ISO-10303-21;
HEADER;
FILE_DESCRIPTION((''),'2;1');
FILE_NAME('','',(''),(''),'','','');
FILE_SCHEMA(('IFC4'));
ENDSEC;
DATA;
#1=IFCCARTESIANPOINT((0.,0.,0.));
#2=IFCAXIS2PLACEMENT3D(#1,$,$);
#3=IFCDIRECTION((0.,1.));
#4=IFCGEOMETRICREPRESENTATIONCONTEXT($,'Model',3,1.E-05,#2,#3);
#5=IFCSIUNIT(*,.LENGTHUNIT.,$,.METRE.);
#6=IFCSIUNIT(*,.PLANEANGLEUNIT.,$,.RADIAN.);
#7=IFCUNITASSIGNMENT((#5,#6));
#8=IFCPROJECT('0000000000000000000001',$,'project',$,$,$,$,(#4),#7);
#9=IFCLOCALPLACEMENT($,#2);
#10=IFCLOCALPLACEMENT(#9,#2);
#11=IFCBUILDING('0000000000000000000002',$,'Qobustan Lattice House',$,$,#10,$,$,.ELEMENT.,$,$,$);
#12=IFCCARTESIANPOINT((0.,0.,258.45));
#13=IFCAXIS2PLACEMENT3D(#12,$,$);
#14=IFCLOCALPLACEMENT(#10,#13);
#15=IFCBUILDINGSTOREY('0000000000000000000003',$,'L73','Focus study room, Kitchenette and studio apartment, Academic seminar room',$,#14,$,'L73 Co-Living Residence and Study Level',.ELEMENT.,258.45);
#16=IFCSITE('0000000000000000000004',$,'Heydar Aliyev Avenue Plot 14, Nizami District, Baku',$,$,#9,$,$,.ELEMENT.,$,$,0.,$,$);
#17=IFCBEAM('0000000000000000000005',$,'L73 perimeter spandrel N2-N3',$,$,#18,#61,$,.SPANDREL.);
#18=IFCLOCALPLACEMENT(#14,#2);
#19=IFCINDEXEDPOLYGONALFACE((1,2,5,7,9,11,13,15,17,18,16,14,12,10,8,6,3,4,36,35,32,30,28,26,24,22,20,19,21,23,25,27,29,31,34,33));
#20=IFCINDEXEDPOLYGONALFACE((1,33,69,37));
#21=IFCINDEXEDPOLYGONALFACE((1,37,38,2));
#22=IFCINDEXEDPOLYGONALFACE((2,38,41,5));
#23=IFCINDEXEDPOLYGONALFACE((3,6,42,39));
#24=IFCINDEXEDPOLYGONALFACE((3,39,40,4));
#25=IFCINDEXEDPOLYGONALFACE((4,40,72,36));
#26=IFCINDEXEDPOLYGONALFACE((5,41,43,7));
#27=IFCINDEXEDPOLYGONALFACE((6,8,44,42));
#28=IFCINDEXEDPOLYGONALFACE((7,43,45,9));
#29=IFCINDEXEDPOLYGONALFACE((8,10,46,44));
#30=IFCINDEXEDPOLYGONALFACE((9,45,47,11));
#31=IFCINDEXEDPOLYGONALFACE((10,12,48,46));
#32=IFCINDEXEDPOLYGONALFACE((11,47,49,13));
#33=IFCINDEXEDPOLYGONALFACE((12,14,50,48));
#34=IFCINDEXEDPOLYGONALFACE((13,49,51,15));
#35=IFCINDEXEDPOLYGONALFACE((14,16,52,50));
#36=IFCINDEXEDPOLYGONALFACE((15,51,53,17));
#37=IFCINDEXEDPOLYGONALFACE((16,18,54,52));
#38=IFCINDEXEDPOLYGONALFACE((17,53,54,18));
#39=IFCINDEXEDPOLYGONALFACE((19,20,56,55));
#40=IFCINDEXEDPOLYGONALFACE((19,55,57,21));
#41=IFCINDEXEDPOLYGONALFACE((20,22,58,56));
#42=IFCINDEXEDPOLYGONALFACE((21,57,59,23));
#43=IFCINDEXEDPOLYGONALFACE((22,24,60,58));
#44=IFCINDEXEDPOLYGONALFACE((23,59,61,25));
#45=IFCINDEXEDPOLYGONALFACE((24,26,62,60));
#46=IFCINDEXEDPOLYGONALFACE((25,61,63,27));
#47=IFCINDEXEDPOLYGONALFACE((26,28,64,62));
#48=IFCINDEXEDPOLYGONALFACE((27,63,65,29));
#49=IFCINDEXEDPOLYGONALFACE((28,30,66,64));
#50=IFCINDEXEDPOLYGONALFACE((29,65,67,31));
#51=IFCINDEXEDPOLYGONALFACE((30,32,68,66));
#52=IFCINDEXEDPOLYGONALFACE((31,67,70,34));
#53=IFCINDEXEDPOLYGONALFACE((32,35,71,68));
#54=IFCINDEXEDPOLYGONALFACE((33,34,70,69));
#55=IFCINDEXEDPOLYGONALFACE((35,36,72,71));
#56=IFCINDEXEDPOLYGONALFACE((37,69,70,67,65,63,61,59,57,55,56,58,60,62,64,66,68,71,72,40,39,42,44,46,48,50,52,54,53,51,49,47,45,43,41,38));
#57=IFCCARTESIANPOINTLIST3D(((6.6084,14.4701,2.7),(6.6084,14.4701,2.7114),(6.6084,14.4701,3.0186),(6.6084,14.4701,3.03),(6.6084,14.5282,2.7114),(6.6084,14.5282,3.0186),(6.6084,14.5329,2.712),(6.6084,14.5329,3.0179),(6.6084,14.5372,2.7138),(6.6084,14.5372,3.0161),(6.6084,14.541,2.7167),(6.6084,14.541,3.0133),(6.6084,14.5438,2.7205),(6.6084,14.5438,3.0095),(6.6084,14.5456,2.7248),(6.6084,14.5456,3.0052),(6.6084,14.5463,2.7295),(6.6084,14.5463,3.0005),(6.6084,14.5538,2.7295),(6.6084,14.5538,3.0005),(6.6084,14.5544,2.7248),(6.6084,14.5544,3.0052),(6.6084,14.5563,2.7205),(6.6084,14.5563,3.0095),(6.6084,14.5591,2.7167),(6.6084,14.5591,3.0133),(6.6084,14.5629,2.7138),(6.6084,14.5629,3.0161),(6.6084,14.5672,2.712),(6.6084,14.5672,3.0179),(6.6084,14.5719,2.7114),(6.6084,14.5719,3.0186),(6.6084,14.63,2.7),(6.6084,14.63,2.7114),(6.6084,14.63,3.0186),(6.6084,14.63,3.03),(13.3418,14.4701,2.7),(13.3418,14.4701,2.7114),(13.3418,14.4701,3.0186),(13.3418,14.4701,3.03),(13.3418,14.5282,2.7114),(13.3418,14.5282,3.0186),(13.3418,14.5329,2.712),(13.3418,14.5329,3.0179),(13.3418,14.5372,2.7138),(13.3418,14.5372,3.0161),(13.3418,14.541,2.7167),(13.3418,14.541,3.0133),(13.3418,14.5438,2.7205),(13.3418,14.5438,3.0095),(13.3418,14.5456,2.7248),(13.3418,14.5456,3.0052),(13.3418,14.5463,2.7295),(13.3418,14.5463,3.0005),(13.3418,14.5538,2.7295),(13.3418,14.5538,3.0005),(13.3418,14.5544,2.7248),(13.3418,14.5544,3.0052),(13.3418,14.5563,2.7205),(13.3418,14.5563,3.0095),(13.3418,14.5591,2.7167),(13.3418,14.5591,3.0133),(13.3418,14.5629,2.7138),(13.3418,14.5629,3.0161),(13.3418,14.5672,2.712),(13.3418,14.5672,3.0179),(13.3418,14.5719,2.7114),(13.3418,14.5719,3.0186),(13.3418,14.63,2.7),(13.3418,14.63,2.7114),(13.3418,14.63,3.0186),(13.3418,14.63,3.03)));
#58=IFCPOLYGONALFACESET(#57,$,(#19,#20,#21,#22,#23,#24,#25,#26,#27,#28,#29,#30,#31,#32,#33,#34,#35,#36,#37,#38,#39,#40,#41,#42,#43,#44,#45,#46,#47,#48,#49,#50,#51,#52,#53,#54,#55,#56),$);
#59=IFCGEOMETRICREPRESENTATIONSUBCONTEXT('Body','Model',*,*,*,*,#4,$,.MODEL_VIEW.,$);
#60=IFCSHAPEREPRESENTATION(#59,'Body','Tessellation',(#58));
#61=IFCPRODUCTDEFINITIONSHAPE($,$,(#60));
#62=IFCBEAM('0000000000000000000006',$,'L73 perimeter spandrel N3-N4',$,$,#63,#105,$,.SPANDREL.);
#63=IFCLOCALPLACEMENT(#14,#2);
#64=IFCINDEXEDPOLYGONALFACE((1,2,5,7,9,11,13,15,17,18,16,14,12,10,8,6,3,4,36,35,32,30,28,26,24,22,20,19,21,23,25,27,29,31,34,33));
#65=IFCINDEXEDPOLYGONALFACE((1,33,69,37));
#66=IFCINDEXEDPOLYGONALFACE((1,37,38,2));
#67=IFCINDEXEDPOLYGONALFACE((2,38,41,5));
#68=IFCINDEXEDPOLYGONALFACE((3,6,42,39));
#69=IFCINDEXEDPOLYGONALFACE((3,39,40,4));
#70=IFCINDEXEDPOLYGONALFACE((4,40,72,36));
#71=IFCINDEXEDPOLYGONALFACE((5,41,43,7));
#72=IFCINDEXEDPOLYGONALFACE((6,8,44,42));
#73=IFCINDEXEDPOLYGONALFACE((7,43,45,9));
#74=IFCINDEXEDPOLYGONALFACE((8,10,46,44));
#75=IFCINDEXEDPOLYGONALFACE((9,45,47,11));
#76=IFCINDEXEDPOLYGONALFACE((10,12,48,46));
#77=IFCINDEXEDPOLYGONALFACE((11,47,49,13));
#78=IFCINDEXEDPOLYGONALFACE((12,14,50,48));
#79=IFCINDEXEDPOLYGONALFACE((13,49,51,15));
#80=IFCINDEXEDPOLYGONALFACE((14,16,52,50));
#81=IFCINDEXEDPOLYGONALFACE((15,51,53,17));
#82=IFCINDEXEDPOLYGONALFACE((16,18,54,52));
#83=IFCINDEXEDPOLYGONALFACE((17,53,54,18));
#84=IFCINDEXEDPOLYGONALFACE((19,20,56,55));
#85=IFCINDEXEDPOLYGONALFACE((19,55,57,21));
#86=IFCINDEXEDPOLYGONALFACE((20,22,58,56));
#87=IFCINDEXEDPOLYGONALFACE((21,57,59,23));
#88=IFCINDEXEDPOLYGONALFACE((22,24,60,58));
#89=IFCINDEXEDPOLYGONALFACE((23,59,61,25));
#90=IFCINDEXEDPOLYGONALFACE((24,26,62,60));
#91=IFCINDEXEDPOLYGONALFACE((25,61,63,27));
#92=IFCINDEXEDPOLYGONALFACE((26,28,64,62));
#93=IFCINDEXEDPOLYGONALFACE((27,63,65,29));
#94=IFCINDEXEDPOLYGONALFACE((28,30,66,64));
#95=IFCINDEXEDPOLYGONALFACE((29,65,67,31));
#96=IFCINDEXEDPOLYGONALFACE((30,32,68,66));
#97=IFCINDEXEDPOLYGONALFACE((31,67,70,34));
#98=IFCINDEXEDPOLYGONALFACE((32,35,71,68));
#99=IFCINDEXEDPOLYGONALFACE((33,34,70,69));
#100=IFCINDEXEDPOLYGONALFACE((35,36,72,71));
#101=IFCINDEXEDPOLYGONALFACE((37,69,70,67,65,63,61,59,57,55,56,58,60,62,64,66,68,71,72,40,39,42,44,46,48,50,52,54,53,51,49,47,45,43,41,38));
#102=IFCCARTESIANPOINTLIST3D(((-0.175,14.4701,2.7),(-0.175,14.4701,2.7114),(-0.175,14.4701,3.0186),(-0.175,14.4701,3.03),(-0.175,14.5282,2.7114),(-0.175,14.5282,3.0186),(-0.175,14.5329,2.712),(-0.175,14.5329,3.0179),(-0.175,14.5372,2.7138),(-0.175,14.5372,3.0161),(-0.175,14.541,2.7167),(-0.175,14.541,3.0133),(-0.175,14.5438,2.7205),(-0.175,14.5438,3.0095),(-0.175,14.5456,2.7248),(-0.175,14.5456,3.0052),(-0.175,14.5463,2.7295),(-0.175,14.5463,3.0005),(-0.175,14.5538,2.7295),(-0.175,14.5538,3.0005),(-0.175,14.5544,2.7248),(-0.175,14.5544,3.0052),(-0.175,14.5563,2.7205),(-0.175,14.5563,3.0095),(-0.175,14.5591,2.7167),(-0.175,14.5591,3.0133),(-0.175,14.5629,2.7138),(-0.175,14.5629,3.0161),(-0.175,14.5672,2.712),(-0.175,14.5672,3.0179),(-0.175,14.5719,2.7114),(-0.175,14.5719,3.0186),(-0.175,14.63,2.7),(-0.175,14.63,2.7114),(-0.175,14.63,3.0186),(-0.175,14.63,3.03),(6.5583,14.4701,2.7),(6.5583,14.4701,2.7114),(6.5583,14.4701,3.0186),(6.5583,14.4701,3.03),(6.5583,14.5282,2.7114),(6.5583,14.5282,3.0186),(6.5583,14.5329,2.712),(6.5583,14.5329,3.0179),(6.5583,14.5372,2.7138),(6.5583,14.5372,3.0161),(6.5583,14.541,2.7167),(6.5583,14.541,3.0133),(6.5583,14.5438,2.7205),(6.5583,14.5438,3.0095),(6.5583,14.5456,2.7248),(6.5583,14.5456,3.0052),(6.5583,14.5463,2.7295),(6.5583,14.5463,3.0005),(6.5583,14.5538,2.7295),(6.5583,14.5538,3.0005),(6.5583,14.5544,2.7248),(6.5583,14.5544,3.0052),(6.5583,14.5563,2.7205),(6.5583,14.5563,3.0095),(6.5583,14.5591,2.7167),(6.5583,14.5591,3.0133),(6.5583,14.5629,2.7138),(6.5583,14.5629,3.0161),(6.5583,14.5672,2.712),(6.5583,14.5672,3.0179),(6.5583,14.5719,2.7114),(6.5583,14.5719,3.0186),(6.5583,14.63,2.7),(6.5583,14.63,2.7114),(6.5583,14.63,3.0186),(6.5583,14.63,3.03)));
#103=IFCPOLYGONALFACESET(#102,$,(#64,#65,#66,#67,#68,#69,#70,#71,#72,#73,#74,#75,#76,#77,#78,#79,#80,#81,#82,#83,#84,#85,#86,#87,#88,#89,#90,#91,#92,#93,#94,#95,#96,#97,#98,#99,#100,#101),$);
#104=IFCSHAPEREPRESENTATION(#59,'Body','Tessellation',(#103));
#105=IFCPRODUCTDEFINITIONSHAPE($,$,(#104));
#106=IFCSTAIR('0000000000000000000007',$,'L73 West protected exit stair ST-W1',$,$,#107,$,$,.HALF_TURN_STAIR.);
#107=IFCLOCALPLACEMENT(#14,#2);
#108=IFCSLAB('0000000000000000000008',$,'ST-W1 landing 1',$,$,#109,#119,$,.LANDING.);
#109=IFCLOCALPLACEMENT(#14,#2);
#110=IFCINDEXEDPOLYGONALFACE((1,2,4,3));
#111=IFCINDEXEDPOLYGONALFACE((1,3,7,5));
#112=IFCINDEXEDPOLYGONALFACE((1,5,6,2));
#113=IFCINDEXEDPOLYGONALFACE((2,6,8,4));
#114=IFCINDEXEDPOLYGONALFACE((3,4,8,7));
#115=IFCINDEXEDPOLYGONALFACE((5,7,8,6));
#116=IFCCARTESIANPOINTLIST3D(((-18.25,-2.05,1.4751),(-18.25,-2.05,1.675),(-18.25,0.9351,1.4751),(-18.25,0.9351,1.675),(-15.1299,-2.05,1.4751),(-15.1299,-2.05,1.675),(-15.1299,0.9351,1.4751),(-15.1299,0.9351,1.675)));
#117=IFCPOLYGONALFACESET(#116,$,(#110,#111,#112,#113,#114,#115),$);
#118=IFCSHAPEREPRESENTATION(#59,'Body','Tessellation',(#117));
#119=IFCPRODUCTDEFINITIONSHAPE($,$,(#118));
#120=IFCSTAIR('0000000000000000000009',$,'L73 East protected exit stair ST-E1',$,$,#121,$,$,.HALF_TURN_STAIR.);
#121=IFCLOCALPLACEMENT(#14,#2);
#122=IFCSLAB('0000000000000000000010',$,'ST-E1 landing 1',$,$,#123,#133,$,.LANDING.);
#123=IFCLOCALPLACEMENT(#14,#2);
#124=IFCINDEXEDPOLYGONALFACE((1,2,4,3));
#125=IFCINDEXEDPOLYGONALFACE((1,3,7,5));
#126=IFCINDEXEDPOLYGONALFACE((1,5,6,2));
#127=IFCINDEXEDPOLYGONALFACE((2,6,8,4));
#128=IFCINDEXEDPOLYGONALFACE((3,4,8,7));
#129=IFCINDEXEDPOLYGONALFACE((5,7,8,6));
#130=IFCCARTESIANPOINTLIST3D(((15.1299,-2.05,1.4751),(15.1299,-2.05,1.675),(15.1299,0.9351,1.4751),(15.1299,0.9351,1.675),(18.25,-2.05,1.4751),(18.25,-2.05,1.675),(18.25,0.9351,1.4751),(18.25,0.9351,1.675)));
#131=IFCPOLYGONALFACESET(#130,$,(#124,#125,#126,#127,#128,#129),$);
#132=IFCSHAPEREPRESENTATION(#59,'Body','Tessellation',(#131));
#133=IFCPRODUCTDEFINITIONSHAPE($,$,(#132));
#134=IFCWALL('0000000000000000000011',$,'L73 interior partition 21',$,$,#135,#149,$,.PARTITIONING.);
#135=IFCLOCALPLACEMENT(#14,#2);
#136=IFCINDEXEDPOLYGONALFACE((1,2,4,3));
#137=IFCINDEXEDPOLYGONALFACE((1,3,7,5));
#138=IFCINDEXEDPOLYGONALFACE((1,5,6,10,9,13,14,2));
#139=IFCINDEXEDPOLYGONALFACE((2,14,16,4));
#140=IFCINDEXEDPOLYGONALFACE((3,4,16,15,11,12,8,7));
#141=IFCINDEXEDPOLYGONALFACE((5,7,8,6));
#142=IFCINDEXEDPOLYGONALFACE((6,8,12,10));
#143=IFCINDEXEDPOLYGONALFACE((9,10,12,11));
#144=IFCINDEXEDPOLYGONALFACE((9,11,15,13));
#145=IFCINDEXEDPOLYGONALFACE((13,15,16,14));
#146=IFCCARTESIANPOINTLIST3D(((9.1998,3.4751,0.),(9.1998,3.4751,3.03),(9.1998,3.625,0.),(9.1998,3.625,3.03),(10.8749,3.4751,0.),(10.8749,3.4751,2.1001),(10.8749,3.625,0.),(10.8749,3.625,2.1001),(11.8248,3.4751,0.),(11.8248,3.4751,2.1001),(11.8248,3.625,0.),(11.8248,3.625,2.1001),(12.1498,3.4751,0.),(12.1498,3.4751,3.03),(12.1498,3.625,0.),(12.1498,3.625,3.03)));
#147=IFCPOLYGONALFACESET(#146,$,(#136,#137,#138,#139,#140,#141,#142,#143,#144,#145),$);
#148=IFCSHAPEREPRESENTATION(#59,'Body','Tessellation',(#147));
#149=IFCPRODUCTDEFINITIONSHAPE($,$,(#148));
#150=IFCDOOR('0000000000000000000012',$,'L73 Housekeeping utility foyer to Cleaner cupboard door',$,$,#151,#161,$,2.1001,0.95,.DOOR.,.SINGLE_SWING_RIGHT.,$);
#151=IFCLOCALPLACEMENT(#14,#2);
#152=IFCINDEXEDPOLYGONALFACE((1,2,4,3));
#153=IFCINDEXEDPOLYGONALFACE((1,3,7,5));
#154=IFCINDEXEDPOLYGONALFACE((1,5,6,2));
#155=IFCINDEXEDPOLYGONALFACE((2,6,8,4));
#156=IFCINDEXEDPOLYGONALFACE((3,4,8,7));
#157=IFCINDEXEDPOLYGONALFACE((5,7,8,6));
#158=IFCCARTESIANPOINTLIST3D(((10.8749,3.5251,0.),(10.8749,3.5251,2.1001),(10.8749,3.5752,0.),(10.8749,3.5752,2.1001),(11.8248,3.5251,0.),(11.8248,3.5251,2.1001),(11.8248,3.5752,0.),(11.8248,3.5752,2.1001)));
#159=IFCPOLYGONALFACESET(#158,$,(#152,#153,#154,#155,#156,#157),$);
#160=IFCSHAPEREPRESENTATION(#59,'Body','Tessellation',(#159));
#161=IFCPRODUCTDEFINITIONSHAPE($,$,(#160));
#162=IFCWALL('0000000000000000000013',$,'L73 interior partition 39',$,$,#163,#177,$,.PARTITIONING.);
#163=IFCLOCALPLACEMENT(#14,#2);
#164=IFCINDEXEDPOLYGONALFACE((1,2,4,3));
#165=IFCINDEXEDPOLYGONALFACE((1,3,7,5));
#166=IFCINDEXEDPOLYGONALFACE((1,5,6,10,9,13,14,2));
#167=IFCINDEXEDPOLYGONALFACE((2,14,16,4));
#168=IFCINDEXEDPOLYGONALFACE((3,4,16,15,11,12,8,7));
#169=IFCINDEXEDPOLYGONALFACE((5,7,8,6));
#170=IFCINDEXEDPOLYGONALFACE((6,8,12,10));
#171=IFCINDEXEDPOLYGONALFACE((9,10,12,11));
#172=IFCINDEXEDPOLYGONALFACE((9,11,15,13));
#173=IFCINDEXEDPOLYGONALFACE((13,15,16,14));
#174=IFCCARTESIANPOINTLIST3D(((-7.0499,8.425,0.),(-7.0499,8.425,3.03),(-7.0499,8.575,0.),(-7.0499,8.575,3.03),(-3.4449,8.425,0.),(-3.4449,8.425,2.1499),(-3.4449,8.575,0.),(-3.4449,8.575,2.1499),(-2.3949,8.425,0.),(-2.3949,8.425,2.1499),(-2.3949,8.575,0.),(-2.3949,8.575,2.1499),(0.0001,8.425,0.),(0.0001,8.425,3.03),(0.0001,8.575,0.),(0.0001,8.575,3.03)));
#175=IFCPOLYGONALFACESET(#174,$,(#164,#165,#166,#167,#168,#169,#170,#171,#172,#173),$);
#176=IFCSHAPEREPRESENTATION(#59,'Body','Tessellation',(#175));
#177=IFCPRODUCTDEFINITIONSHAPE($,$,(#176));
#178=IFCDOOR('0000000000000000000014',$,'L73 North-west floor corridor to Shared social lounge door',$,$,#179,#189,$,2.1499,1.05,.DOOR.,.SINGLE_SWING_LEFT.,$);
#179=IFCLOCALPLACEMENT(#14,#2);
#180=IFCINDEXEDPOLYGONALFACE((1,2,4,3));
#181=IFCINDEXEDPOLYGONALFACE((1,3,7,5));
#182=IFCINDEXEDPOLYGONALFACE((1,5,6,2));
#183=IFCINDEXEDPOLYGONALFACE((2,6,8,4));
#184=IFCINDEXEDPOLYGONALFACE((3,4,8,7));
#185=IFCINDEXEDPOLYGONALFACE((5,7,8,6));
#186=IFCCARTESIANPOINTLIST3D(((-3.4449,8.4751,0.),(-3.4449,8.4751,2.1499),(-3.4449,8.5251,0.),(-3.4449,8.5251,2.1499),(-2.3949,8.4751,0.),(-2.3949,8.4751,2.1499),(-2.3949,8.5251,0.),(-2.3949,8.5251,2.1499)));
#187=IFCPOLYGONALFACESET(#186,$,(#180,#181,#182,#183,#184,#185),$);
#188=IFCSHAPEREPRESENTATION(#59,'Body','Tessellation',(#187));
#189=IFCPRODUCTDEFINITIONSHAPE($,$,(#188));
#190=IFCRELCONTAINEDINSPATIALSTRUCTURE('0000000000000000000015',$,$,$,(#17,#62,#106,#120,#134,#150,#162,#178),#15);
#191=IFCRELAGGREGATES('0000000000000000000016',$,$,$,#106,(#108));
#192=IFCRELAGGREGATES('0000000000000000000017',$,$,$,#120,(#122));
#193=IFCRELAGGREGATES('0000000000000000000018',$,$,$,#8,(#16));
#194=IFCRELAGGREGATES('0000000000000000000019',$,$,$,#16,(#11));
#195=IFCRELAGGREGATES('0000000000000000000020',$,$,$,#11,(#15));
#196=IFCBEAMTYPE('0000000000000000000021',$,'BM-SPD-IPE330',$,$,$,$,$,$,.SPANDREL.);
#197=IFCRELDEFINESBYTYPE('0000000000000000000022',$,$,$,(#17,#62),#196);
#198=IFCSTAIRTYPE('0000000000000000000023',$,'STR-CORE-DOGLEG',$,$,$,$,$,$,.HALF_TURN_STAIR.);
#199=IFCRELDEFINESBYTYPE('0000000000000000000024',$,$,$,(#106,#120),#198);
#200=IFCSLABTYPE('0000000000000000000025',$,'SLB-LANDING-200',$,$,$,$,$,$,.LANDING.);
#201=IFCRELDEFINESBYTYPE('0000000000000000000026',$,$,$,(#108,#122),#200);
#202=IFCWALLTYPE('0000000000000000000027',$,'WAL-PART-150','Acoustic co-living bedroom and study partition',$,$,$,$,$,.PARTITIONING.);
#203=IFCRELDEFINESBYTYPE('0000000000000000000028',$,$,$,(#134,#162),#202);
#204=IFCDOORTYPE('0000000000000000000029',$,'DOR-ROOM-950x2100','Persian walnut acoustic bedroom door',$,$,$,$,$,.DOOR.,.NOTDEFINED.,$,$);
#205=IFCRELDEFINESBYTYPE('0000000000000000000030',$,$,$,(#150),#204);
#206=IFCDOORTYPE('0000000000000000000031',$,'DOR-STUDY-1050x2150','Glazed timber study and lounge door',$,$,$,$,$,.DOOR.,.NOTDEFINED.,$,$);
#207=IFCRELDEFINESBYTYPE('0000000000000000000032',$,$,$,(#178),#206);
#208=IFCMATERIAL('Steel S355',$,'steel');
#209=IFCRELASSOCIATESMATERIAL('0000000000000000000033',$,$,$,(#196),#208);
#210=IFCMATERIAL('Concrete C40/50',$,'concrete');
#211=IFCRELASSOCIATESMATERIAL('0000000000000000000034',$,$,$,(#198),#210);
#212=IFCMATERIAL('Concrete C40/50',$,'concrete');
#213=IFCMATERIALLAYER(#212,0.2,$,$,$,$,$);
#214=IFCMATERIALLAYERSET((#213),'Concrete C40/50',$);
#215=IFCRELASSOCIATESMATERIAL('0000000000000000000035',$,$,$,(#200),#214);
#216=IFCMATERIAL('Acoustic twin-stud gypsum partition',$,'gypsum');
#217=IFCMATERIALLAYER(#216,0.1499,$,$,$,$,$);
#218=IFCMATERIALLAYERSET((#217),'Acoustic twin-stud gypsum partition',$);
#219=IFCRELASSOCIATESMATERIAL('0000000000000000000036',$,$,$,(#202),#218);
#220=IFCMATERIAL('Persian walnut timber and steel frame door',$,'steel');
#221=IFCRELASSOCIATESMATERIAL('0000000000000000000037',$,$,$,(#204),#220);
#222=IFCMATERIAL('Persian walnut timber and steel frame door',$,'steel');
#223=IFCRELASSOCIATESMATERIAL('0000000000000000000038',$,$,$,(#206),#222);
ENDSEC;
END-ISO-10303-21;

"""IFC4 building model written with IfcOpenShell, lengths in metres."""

from ifc_helpers import new_model, si_unit, direction, frame, frame_2d, origin, origin_2d, place, context, subcontext, project, spatial, polyline, rectangle, i_section, outline, extrude, material, layer, layer_set, material_profile, profile_set, type_object, element, fill, aggregate, save


model = new_model("IFC4")

# Units and contexts
model_context = context("Model", 3, precision=1e-05, world=origin(), true_north=direction((0.0, 1.0)))
body_context = subcontext(model_context, "Body", "Model", "MODEL_VIEW")
ifc_project = project(units=[si_unit("LENGTHUNIT", "METRE"), si_unit("PLANEANGLEUNIT", "RADIAN")], contexts=[model_context])

# Site, building, storey
site_placement = place(None, origin())
site = spatial("IfcSite", under=ifc_project, at=site_placement, Name="Heydar Aliyev Avenue Plot 14, Nizami District, Baku", CompositionType="ELEMENT", RefElevation=0.0)
building_placement = place(site_placement, origin())
building = spatial("IfcBuilding", under=site, at=building_placement, Name="Qobustan Lattice House", CompositionType="ELEMENT")
storey_placement = place(building_placement, frame((0.0, 0.0, 258.45)))
storey = spatial("IfcBuildingStorey", under=building, at=storey_placement, Name="L73", Description="Focus study room, Kitchenette and studio apartment, Academic seminar room", LongName="L73 Co-Living Residence and Study Level", CompositionType="ELEMENT", Elevation=258.45)

# Beams
ifc_material_1 = material(Name="Steel S355", Category="steel")
ifc_material_profile_1 = material_profile(ifc_material_1, i_section(OverallWidth=0.1599, OverallDepth=0.3301, WebThickness=0.0076, FlangeThickness=0.0115, FilletRadius=0.0181, at=origin_2d()), Name="IPE330")
ifc_profile_set_1 = profile_set([ifc_material_profile_1], Name="Steel S355")
beam_type_1 = type_object("IfcBeamType", Name="BM-SPD-IPE330", PredefinedType="SPANDREL", material=ifc_profile_set_1)
for number, where, z_axis, x_axis, name in (
    (1, (13.3418, 14.55, 2.865), (-1.0, 0.0, 0.0), (0.0, -1.0, 0.0), "L73 perimeter spandrel N2-N3"),
    (2, (6.5583, 14.55, 2.865), (-1.0, 0.0, 0.0), (0.0, -1.0, 0.0), "L73 perimeter spandrel N3-N4"),
):
    element("IfcBeam", number, at=place(storey_placement, frame(where, z_axis=z_axis, x_axis=x_axis)), inside=storey, type_object=beam_type_1, Name=name, PredefinedType="SPANDREL", context=body_context, shape_type="SweptSolid", body=[
        extrude(i_section(OverallWidth=0.1599, OverallDepth=0.3301, WebThickness=0.0076, FlangeThickness=0.0115, FilletRadius=0.0181, at=origin_2d()), origin(), (0.0, 0.0, 1.0), 6.7334),
    ])

# Stairs, slabs
ifc_material_2 = material(Name="Concrete C40/50", Category="concrete")
stair_type = type_object("IfcStairType", Name="STR-CORE-DOGLEG", PredefinedType="HALF_TURN_STAIR", material=ifc_material_2)
stair_1_placement = place(storey_placement, origin())
stair_1 = element("IfcStair", 3, at=stair_1_placement, inside=storey, type_object=stair_type, Name="L73 West protected exit stair ST-W1", PredefinedType="HALF_TURN_STAIR")
ifc_material_3 = material(Name="Concrete C40/50", Category="concrete")
ifc_layer_1 = layer(ifc_material_3, 0.2)
ifc_layer_set_1 = layer_set([ifc_layer_1], Name="Concrete C40/50")
slab_type = type_object("IfcSlabType", Name="SLB-LANDING-200", PredefinedType="LANDING", material=ifc_layer_set_1)
slab_1_placement = place(storey_placement, frame((0.0, 0.0, 1.4751)))
slab_1 = element("IfcSlab", 4, at=slab_1_placement, type_object=slab_type, Name="ST-W1 landing 1", PredefinedType="LANDING", context=body_context, shape_type="SweptSolid", body=[
    extrude(outline(polyline([(-18.25, 0.9351), (-18.25, -2.05), (-15.1299, -2.05), (-15.1299, 0.9351), (-18.25, 0.9351)])), origin(), (0.0, 0.0, 1.0), 0.2),
])
aggregate(stair_1, [slab_1])
stair_2_placement = place(storey_placement, origin())
stair_2 = element("IfcStair", 5, at=stair_2_placement, inside=storey, type_object=stair_type, Name="L73 East protected exit stair ST-E1", PredefinedType="HALF_TURN_STAIR")
slab_2_placement = place(storey_placement, frame((0.0, 0.0, 1.4751)))
slab_2 = element("IfcSlab", 6, at=slab_2_placement, type_object=slab_type, Name="ST-E1 landing 1", PredefinedType="LANDING", context=body_context, shape_type="SweptSolid", body=[
    extrude(outline(polyline([(15.1299, 0.9351), (15.1299, -2.05), (18.25, -2.05), (18.25, 0.9351), (15.1299, 0.9351)])), origin(), (0.0, 0.0, 1.0), 0.2),
])

# Walls, openings, doors
ifc_material_4 = material(Name="Acoustic twin-stud gypsum partition", Category="gypsum")
ifc_layer_2 = layer(ifc_material_4, 0.1499)
ifc_layer_set_2 = layer_set([ifc_layer_2], Name="Acoustic twin-stud gypsum partition")
wall_type_1 = type_object("IfcWallType", Name="WAL-PART-150", Description="Acoustic co-living bedroom and study partition", PredefinedType="PARTITIONING", material=ifc_layer_set_2)
wall_1_placement = place(storey_placement, frame((12.1499, 3.55, 0.0), z_axis=(0.0, 0.0, 1.0), x_axis=(-1.0, 0.0, 0.0)))
wall_1 = element("IfcWall", 7, at=wall_1_placement, inside=storey, type_object=wall_type_1, Name="L73 interior partition 21", PredefinedType="PARTITIONING", context=body_context, shape_type="SweptSolid", body=[
    extrude(rectangle(XDim=2.95, YDim=0.1499, at=frame_2d((1.4751, 0.0))), origin(), (0.0, 0.0, 1.0), 3.03),
])
opening_1_placement = place(wall_1_placement, frame((0.325, 0.0, 0.0)))
opening_1 = element("IfcOpeningElement", 8, at=opening_1_placement, cuts=wall_1, PredefinedType="OPENING", context=body_context, shape_type="SweptSolid", body=[
    extrude(rectangle(XDim=0.95, YDim=2.1001, at=frame_2d((0.4751, 1.05))), frame((0.0, 0.085, 0.0), z_axis=(0.0, -1.0, 0.0), x_axis=(1.0, 0.0, 0.0)), (0.0, 0.0, 1.0), 0.1699),
])
ifc_material_5 = material(Name="Persian walnut timber and steel frame door", Category="steel")
door_type_1 = type_object("IfcDoorType", Name="DOR-ROOM-950x2100", Description="Persian walnut acoustic bedroom door", OperationType="NOTDEFINED", PredefinedType="DOOR", material=ifc_material_5)
door_1_placement = place(opening_1_placement, origin())
door_1 = element("IfcDoor", 9, at=door_1_placement, inside=storey, type_object=door_type_1, Name="L73 Housekeeping utility foyer to Cleaner cupboard door", OperationType="SINGLE_SWING_RIGHT", OverallHeight=2.1001, OverallWidth=0.95, PredefinedType="DOOR", context=body_context, shape_type="SweptSolid", body=[
    extrude(rectangle(XDim=0.95, YDim=2.1001, at=frame_2d((0.4751, 1.05))), frame((0.0, 0.0249, 0.0), z_axis=(0.0, -1.0, 0.0), x_axis=(1.0, 0.0, 0.0)), (0.0, 0.0, 1.0), 0.05),
])
fill(opening_1, door_1)
wall_2_placement = place(storey_placement, frame((0.0, 8.5, 0.0), z_axis=(0.0, 0.0, 1.0), x_axis=(-1.0, 0.0, 0.0)))
wall_2 = element("IfcWall", 10, at=wall_2_placement, inside=storey, type_object=wall_type_1, Name="L73 interior partition 39", PredefinedType="PARTITIONING", context=body_context, shape_type="SweptSolid", body=[
    extrude(rectangle(XDim=7.05, YDim=0.1499, at=frame_2d((3.5249, 0.0))), origin(), (0.0, 0.0, 1.0), 3.03),
])
opening_2_placement = place(wall_2_placement, frame((2.395, 0.0, 0.0)))
opening_2 = element("IfcOpeningElement", 11, at=opening_2_placement, cuts=wall_2, PredefinedType="OPENING", context=body_context, shape_type="SweptSolid", body=[
    extrude(rectangle(XDim=1.05, YDim=2.1499, at=frame_2d((0.5249, 1.075))), frame((0.0, 0.085, 0.0), z_axis=(0.0, -1.0, 0.0), x_axis=(1.0, 0.0, 0.0)), (0.0, 0.0, 1.0), 0.1699),
])
ifc_material_6 = material(Name="Persian walnut timber and steel frame door", Category="steel")
door_type_2 = type_object("IfcDoorType", Name="DOR-STUDY-1050x2150", Description="Glazed timber study and lounge door", OperationType="NOTDEFINED", PredefinedType="DOOR", material=ifc_material_6)
door_2_placement = place(opening_2_placement, origin())
door_2 = element("IfcDoor", 12, at=door_2_placement, inside=storey, type_object=door_type_2, Name="L73 North-west floor corridor to Shared social lounge door", OperationType="SINGLE_SWING_LEFT", OverallHeight=2.1499, OverallWidth=1.05, PredefinedType="DOOR", context=body_context, shape_type="SweptSolid", body=[
    extrude(rectangle(XDim=1.05, YDim=2.1499, at=frame_2d((0.5249, 1.075))), frame((0.0, 0.0249, 0.0), z_axis=(0.0, -1.0, 0.0), x_axis=(1.0, 0.0, 0.0)), (0.0, 0.0, 1.0), 0.05),
])
fill(opening_2, door_2)

aggregate(stair_2, [slab_2])

save(model, "model.ifc")
